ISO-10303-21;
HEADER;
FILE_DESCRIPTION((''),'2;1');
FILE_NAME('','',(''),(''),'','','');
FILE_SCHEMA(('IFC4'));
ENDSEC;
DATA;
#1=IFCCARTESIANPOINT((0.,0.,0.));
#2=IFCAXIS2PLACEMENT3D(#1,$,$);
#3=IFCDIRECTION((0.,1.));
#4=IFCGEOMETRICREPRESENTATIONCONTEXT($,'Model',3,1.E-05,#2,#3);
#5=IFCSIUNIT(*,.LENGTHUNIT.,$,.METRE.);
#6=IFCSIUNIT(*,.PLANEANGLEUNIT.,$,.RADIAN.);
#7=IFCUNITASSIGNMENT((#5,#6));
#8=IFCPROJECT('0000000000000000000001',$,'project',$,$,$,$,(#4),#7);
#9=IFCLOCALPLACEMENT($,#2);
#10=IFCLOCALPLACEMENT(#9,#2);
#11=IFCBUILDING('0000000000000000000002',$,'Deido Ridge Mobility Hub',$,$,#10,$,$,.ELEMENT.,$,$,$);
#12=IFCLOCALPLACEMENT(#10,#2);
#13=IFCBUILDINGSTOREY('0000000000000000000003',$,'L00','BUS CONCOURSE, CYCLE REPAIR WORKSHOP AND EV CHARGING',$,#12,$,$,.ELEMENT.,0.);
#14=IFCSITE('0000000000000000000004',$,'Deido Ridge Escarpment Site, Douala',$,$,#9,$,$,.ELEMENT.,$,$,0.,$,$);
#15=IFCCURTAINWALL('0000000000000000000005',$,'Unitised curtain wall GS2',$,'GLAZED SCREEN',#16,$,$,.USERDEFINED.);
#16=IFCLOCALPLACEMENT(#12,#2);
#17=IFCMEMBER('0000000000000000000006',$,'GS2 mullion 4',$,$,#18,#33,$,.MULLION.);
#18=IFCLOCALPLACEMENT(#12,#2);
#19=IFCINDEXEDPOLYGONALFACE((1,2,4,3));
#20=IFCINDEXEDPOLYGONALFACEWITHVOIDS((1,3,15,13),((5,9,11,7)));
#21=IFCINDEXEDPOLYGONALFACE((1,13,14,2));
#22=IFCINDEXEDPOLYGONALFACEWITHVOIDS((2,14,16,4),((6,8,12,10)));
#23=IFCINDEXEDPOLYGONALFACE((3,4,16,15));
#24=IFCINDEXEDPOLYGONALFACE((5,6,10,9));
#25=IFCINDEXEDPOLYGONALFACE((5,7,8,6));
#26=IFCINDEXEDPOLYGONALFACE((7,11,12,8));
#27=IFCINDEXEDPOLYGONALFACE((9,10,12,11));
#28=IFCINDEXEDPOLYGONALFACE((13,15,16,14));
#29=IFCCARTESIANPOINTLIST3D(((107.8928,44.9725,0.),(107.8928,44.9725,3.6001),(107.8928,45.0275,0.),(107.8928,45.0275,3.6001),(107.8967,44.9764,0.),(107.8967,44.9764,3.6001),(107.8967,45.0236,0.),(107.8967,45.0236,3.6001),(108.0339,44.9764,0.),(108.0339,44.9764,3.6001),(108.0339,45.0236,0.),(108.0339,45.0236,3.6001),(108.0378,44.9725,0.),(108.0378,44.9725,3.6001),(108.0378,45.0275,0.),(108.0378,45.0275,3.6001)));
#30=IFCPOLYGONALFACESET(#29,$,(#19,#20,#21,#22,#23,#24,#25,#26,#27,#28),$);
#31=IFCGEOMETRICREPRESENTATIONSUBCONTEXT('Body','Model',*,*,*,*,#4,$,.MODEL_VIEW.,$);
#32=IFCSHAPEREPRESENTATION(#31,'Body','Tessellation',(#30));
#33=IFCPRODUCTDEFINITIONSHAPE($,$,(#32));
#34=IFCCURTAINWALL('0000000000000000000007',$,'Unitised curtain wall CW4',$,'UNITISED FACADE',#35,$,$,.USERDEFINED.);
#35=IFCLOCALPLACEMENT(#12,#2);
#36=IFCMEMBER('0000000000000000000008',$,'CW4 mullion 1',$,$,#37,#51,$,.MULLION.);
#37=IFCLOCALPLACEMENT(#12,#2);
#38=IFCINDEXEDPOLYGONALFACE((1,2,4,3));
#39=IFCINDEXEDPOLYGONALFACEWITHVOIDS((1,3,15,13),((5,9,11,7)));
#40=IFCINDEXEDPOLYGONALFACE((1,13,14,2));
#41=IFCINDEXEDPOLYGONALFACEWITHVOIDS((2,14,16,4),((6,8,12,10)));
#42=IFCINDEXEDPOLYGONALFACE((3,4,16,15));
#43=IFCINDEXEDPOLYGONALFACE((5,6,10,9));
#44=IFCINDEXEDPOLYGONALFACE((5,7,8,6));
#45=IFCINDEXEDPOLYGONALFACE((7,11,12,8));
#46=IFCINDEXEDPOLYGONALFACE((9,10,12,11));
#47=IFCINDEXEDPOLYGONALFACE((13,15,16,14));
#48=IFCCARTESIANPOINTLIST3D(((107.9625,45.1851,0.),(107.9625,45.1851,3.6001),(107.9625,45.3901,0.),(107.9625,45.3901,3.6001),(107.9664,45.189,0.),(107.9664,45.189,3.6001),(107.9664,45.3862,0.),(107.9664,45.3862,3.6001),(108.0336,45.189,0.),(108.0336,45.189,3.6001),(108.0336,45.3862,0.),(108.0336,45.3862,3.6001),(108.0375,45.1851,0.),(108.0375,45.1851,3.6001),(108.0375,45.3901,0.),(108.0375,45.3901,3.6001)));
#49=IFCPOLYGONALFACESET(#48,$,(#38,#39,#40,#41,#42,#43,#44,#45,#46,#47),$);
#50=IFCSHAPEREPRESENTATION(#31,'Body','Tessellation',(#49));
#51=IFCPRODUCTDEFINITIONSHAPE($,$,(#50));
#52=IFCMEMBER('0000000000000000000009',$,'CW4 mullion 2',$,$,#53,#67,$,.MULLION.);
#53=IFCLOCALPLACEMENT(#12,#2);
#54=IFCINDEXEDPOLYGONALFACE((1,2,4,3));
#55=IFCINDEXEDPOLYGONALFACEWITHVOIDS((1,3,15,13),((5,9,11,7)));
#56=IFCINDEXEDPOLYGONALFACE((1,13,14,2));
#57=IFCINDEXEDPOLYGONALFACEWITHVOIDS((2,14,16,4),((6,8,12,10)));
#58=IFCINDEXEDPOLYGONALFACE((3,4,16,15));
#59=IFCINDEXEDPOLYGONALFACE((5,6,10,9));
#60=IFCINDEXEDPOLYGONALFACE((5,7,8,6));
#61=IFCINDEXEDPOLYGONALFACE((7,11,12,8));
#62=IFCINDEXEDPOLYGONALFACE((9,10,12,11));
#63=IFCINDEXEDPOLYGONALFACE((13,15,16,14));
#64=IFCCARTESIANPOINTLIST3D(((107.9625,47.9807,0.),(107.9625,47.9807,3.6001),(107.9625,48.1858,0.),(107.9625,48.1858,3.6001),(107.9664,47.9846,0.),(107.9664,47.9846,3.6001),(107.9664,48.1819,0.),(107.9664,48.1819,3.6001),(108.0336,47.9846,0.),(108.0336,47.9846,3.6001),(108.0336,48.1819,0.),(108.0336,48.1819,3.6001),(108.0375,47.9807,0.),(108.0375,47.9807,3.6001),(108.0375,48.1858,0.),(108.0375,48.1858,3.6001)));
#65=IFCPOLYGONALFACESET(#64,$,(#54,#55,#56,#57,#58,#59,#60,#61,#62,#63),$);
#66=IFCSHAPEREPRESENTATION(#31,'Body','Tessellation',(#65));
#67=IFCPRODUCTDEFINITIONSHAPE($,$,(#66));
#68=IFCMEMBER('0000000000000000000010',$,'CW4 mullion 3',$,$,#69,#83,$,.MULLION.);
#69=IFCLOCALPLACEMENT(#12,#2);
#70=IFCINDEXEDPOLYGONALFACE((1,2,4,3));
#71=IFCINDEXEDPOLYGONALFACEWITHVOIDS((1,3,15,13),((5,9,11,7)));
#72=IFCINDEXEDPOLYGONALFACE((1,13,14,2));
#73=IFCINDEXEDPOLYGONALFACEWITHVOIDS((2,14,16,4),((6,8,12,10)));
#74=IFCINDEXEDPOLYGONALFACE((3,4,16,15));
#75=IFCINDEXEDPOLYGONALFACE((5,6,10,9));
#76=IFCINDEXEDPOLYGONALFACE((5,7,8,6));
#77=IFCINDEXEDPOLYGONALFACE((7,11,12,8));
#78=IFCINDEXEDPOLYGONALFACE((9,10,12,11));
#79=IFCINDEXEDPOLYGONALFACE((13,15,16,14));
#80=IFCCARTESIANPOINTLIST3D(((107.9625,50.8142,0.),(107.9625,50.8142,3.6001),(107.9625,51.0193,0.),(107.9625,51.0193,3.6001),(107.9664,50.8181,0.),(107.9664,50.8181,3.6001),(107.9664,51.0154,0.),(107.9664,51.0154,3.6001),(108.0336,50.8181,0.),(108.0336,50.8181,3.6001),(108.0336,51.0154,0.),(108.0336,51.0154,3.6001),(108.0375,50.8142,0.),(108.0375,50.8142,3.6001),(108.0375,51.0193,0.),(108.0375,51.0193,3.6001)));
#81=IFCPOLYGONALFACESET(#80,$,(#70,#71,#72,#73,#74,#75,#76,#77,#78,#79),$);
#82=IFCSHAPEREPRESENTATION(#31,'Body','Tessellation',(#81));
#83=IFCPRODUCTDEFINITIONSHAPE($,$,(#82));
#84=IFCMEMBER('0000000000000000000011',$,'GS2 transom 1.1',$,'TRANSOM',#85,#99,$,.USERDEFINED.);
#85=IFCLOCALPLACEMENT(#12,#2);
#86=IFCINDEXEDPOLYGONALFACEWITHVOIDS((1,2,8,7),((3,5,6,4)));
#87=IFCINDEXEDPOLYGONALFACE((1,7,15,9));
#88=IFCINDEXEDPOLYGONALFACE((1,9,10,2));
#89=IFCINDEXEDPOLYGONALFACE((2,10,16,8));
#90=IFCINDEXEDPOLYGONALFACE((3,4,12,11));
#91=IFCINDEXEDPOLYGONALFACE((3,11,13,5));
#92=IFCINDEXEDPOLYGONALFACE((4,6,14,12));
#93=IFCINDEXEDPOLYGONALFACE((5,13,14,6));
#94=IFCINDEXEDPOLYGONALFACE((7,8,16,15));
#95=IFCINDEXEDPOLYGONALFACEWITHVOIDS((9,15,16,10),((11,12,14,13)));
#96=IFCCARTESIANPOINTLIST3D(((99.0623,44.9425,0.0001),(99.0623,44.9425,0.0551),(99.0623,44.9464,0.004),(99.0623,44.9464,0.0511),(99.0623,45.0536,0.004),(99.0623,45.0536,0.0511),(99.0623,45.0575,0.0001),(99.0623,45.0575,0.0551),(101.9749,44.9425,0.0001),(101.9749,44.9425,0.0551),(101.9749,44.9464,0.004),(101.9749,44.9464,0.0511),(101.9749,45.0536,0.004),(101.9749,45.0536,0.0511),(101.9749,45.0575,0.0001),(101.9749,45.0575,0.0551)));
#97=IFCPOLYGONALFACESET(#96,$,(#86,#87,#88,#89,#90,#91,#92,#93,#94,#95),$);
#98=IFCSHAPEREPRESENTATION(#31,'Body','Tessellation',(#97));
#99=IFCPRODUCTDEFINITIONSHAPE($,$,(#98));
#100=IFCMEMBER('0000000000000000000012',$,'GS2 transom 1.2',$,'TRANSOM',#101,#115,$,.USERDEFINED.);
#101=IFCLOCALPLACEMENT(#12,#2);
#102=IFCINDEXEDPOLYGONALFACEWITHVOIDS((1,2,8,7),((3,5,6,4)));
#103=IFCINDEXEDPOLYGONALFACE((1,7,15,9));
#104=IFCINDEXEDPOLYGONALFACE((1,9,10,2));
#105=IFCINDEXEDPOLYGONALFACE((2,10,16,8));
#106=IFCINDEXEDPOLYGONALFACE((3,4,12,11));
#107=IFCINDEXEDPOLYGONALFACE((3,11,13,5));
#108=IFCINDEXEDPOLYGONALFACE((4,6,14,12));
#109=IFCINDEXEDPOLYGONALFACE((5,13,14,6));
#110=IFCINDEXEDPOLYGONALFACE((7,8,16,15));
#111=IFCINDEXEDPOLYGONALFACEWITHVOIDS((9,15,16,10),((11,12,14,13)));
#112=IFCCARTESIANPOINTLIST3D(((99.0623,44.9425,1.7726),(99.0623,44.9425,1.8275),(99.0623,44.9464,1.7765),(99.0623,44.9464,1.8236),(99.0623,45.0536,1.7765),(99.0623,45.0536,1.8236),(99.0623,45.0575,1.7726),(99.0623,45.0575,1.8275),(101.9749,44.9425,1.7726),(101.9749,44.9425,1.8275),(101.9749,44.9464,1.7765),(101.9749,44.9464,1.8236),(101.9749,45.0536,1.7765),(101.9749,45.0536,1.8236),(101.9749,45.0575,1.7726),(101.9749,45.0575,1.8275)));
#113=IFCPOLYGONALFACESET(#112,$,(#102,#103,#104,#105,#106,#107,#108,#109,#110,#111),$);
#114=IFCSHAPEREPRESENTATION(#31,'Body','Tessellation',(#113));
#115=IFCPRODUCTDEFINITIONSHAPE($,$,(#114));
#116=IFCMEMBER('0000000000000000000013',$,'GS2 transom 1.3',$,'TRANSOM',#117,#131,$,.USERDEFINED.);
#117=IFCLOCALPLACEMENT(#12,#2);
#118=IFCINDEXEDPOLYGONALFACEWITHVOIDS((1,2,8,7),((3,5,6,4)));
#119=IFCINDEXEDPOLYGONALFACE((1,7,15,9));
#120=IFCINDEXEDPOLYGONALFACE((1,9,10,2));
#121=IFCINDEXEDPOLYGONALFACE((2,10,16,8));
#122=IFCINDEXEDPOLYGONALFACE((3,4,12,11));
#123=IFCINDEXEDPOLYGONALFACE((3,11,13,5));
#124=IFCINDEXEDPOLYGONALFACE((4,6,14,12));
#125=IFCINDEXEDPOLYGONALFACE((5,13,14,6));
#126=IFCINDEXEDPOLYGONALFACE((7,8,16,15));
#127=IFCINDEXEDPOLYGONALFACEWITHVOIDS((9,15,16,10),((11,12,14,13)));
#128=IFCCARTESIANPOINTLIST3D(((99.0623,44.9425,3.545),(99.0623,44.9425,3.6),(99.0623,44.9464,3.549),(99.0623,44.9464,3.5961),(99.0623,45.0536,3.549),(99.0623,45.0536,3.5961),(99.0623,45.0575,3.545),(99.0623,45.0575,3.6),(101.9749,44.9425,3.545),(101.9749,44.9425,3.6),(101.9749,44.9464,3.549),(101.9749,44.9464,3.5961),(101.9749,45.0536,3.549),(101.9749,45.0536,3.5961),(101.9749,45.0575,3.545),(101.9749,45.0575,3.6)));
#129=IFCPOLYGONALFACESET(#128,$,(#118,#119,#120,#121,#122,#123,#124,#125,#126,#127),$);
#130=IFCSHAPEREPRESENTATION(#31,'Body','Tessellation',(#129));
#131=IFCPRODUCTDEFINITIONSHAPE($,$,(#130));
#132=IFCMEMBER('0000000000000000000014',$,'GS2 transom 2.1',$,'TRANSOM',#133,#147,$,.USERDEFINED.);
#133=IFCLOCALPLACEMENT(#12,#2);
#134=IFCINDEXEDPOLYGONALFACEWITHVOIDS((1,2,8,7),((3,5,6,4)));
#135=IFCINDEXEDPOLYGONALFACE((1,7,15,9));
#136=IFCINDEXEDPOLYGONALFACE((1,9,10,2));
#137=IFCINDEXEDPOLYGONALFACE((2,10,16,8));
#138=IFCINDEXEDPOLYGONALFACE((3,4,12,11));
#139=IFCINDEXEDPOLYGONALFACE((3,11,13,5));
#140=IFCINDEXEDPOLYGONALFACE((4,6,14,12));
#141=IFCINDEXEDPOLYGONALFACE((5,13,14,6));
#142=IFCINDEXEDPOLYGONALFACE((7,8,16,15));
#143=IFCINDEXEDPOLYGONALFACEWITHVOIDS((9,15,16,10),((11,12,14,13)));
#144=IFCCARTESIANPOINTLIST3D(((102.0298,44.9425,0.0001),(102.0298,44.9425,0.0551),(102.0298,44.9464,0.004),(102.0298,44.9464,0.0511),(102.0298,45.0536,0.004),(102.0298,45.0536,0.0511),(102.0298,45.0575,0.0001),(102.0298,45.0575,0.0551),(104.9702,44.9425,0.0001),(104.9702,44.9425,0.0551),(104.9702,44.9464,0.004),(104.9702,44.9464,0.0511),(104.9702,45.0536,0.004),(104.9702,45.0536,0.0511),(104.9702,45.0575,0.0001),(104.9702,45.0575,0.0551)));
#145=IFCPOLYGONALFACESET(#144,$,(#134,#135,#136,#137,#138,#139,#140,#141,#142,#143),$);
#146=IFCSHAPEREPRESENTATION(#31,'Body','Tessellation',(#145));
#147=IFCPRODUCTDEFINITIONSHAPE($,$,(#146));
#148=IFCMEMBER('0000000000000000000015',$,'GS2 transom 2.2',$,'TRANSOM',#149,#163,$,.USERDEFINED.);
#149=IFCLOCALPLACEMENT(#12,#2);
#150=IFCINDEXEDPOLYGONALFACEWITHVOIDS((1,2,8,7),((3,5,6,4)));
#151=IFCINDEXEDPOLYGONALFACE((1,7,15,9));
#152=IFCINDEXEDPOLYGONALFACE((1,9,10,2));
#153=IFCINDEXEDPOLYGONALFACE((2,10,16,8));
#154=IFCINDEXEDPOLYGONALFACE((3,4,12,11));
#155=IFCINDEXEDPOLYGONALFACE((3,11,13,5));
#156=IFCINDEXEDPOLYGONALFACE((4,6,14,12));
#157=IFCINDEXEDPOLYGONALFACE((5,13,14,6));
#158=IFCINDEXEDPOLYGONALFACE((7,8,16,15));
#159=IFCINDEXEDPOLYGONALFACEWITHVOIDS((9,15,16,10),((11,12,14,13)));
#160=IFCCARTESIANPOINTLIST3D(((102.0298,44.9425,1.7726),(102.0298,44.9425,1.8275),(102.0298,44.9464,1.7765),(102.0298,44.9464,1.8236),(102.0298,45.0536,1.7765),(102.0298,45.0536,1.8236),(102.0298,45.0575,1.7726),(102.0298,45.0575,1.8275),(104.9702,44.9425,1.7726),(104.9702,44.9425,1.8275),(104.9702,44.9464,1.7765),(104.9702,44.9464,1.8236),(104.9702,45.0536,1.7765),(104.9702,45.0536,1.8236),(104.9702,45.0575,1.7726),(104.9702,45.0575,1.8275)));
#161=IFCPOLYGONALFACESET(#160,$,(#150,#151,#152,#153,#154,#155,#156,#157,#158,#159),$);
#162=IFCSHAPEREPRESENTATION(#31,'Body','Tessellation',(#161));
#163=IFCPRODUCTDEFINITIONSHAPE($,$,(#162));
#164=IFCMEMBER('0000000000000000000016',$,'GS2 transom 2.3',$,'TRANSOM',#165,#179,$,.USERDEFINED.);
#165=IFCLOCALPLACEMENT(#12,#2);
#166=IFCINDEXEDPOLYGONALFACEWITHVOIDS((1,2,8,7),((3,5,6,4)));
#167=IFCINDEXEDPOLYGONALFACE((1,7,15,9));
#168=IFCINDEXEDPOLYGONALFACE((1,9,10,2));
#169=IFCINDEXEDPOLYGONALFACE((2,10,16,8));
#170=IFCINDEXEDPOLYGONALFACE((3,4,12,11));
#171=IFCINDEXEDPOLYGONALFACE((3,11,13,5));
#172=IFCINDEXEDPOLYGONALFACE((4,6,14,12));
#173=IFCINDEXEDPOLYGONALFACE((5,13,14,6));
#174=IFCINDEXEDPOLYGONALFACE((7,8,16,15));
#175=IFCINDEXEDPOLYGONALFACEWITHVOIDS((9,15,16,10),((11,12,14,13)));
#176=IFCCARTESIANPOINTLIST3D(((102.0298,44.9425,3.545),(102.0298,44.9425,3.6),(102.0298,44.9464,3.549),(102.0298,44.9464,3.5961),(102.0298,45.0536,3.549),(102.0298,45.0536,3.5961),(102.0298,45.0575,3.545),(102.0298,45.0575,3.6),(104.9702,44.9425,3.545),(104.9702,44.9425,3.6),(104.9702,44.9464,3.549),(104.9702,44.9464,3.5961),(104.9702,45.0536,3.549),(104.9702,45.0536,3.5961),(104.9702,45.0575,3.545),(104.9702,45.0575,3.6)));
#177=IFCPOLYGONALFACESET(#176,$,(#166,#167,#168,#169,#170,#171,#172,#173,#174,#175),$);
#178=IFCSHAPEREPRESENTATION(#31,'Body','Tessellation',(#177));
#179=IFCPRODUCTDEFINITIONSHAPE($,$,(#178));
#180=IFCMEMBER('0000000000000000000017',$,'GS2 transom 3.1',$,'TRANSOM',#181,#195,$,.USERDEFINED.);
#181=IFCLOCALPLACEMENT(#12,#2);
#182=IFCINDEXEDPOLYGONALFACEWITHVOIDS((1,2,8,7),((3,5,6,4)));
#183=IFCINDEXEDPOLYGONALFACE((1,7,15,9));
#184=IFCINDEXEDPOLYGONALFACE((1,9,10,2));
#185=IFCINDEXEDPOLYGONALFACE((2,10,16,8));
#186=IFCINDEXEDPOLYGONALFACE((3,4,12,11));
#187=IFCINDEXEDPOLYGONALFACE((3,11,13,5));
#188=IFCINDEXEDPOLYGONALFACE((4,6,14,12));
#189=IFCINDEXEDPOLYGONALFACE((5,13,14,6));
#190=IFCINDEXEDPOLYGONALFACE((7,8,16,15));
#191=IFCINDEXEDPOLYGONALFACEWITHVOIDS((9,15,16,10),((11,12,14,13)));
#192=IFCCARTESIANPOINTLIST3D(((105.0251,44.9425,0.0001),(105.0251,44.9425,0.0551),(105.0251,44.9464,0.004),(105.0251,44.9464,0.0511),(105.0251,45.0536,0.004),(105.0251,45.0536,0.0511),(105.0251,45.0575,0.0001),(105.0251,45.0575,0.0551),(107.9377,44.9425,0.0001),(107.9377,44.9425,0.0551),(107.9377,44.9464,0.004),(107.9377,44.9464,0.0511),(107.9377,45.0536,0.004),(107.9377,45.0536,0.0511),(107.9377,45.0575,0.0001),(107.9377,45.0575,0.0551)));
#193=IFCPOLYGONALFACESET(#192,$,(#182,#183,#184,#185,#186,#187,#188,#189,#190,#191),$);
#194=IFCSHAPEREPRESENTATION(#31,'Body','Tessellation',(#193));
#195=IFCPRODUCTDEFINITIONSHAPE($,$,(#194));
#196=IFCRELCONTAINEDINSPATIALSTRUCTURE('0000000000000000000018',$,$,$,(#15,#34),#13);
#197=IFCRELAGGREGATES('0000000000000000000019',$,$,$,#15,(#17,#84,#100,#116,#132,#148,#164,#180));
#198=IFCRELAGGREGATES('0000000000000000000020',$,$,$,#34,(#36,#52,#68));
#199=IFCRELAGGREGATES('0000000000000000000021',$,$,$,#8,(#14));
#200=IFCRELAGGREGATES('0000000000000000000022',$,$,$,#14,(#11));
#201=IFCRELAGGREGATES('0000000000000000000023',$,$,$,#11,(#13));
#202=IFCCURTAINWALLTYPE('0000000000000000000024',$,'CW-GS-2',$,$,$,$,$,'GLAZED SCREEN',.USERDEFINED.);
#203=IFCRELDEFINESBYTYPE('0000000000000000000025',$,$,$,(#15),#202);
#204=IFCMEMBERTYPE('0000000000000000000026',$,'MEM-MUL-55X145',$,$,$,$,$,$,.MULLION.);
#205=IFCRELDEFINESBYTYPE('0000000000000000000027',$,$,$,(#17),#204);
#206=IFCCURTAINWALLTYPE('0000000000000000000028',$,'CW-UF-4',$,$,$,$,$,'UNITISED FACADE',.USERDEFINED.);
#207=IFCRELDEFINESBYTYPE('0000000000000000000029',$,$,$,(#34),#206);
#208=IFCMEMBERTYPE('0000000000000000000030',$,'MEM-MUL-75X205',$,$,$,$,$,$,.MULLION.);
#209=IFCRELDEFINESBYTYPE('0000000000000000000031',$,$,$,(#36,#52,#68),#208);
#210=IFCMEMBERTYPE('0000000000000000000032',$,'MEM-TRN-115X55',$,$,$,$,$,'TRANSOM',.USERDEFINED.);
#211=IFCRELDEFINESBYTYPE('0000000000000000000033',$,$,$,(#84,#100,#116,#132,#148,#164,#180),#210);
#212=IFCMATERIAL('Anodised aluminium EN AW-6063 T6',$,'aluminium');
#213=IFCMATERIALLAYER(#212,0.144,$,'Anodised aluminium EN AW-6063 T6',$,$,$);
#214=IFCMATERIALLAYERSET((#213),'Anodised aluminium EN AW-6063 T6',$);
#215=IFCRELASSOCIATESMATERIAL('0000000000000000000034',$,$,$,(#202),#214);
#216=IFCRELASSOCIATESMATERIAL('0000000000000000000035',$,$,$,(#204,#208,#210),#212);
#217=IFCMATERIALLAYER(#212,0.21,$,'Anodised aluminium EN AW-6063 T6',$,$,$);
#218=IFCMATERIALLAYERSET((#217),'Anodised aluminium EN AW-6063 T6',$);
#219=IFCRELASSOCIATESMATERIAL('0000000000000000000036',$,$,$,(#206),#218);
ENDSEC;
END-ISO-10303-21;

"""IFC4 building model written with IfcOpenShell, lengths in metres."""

from ifc_helpers import new_model, si_unit, direction, frame, origin, origin_2d, place, context, subcontext, project, spatial, hollow_rectangle, extrude, material, layer, layer_set, material_profile, profile_set, type_object, element, aggregate, save


model = new_model("IFC4")

# Units and contexts
model_context = context("Model", 3, precision=1e-05, world=origin(), true_north=direction((0.0, 1.0)))
body_context = subcontext(model_context, "Body", "Model", "MODEL_VIEW")
ifc_project = project(units=[si_unit("LENGTHUNIT", "METRE"), si_unit("PLANEANGLEUNIT", "RADIAN")], contexts=[model_context])

# Site, building, storey
site_placement = place(None, origin())
site = spatial("IfcSite", under=ifc_project, at=site_placement, Name="Deido Ridge Escarpment Site, Douala", CompositionType="ELEMENT", RefElevation=0.0)
building_placement = place(site_placement, origin())
building = spatial("IfcBuilding", under=site, at=building_placement, Name="Deido Ridge Mobility Hub", CompositionType="ELEMENT")
storey_placement = place(building_placement, origin())
storey = spatial("IfcBuildingStorey", under=building, at=storey_placement, Name="L00", Description="BUS CONCOURSE, CYCLE REPAIR WORKSHOP AND EV CHARGING", CompositionType="ELEMENT", Elevation=0.0)

# Curtain walls, members
ifc_material_1 = material(Name="Anodised aluminium EN AW-6063 T6", Category="aluminium")
ifc_layer_1 = layer(ifc_material_1, 0.144, Name="Anodised aluminium EN AW-6063 T6")
ifc_layer_set_1 = layer_set([ifc_layer_1], Name="Anodised aluminium EN AW-6063 T6")
curtain_wall_type_1 = type_object("IfcCurtainWallType", Name="CW-GS-2", ElementType="GLAZED SCREEN", PredefinedType="USERDEFINED", material=ifc_layer_set_1)
curtain_wall_1_placement = place(storey_placement, origin())
curtain_wall_1 = element("IfcCurtainWall", 1, at=curtain_wall_1_placement, inside=storey, type_object=curtain_wall_type_1, Name="Unitised curtain wall GS2", ObjectType="GLAZED SCREEN", PredefinedType="USERDEFINED")
ifc_material_profile_1 = material_profile(ifc_material_1, hollow_rectangle(XDim=0.0549, YDim=0.145, WallThickness=0.0039, at=origin_2d()), Name="RHS 55x145x4")
ifc_profile_set_1 = profile_set([ifc_material_profile_1], Name="Anodised aluminium EN AW-6063 T6")
member_type_1 = type_object("IfcMemberType", Name="MEM-MUL-55X145", PredefinedType="MULLION", material=ifc_profile_set_1)
member_1_placement = place(storey_placement, frame((107.9653, 45.0, 0.0), z_axis=(0.0, 0.0, 1.0), x_axis=(0.0, 1.0, 0.0)))
member_1 = element("IfcMember", 2, at=member_1_placement, type_object=member_type_1, Name="GS2 mullion 4", PredefinedType="MULLION", context=body_context, shape_type="SweptSolid", body=[
    extrude(hollow_rectangle(XDim=0.0549, YDim=0.145, WallThickness=0.0039, at=origin_2d()), origin(), (0.0, 0.0, 1.0), 3.6001),
])
ifc_layer_2 = layer(ifc_material_1, 0.21, Name="Anodised aluminium EN AW-6063 T6")
ifc_layer_set_2 = layer_set([ifc_layer_2], Name="Anodised aluminium EN AW-6063 T6")
curtain_wall_type_2 = type_object("IfcCurtainWallType", Name="CW-UF-4", ElementType="UNITISED FACADE", PredefinedType="USERDEFINED", material=ifc_layer_set_2)
curtain_wall_2_placement = place(storey_placement, origin())
curtain_wall_2 = element("IfcCurtainWall", 3, at=curtain_wall_2_placement, inside=storey, type_object=curtain_wall_type_2, Name="Unitised curtain wall CW4", ObjectType="UNITISED FACADE", PredefinedType="USERDEFINED")
ifc_material_profile_2 = material_profile(ifc_material_1, hollow_rectangle(XDim=0.075, YDim=0.2051, WallThickness=0.0039, at=origin_2d()), Name="RHS 75x205x4")
ifc_profile_set_2 = profile_set([ifc_material_profile_2], Name="Anodised aluminium EN AW-6063 T6")
member_type_2 = type_object("IfcMemberType", Name="MEM-MUL-75X205", PredefinedType="MULLION", material=ifc_profile_set_2)
member_2_placement = place(storey_placement, frame((108.0, 45.2876, 0.0), z_axis=(0.0, 0.0, 1.0), x_axis=(-1.0, 0.0, 0.0)))
member_2 = element("IfcMember", 4, at=member_2_placement, type_object=member_type_2, Name="CW4 mullion 1", PredefinedType="MULLION", context=body_context, shape_type="SweptSolid", body=[
    extrude(hollow_rectangle(XDim=0.075, YDim=0.2051, WallThickness=0.0039, at=origin_2d()), origin(), (0.0, 0.0, 1.0), 3.6001),
])
member_3_placement = place(storey_placement, frame((108.0, 48.0833, 0.0), z_axis=(0.0, 0.0, 1.0), x_axis=(-1.0, 0.0, 0.0)))
member_3 = element("IfcMember", 5, at=member_3_placement, type_object=member_type_2, Name="CW4 mullion 2", PredefinedType="MULLION", context=body_context, shape_type="SweptSolid", body=[
    extrude(hollow_rectangle(XDim=0.075, YDim=0.2051, WallThickness=0.0039, at=origin_2d()), origin(), (0.0, 0.0, 1.0), 3.6001),
])
member_4_placement = place(storey_placement, frame((108.0, 50.9167, 0.0), z_axis=(0.0, 0.0, 1.0), x_axis=(-1.0, 0.0, 0.0)))
member_4 = element("IfcMember", 6, at=member_4_placement, type_object=member_type_2, Name="CW4 mullion 3", PredefinedType="MULLION", context=body_context, shape_type="SweptSolid", body=[
    extrude(hollow_rectangle(XDim=0.075, YDim=0.2051, WallThickness=0.0039, at=origin_2d()), origin(), (0.0, 0.0, 1.0), 3.6001),
])

# Members
ifc_material_profile_3 = material_profile(ifc_material_1, hollow_rectangle(XDim=0.115, YDim=0.0549, WallThickness=0.0039, at=origin_2d()), Name="RHS 115x55x4")
ifc_profile_set_3 = profile_set([ifc_material_profile_3], Name="Anodised aluminium EN AW-6063 T6")
member_type_3 = type_object("IfcMemberType", Name="MEM-TRN-115X55", ElementType="TRANSOM", PredefinedType="USERDEFINED", material=ifc_profile_set_3)
member_5_placement = place(storey_placement, frame((99.0623, 45.0, 0.0276), z_axis=(1.0, 0.0, 0.0), x_axis=(0.0, 1.0, 0.0)))
member_5 = element("IfcMember", 7, at=member_5_placement, type_object=member_type_3, Name="GS2 transom 1.1", ObjectType="TRANSOM", PredefinedType="USERDEFINED", context=body_context, shape_type="SweptSolid", body=[
    extrude(hollow_rectangle(XDim=0.115, YDim=0.0549, WallThickness=0.0039, at=origin_2d()), origin(), (0.0, 0.0, 1.0), 2.9126),
])
member_6_placement = place(storey_placement, frame((99.0623, 45.0, 1.8), z_axis=(1.0, 0.0, 0.0), x_axis=(0.0, 1.0, 0.0)))
member_6 = element("IfcMember", 8, at=member_6_placement, type_object=member_type_3, Name="GS2 transom 1.2", ObjectType="TRANSOM", PredefinedType="USERDEFINED", context=body_context, shape_type="SweptSolid", body=[
    extrude(hollow_rectangle(XDim=0.115, YDim=0.0549, WallThickness=0.0039, at=origin_2d()), origin(), (0.0, 0.0, 1.0), 2.9126),
])
member_7_placement = place(storey_placement, frame((99.0623, 45.0, 3.5725), z_axis=(1.0, 0.0, 0.0), x_axis=(0.0, 1.0, 0.0)))
member_7 = element("IfcMember", 9, at=member_7_placement, type_object=member_type_3, Name="GS2 transom 1.3", ObjectType="TRANSOM", PredefinedType="USERDEFINED", context=body_context, shape_type="SweptSolid", body=[
    extrude(hollow_rectangle(XDim=0.115, YDim=0.0549, WallThickness=0.0039, at=origin_2d()), origin(), (0.0, 0.0, 1.0), 2.9126),
])
member_8_placement = place(storey_placement, frame((102.0298, 45.0, 0.0276), z_axis=(1.0, 0.0, 0.0), x_axis=(0.0, 1.0, 0.0)))
member_8 = element("IfcMember", 10, at=member_8_placement, type_object=member_type_3, Name="GS2 transom 2.1", ObjectType="TRANSOM", PredefinedType="USERDEFINED", context=body_context, shape_type="SweptSolid", body=[
    extrude(hollow_rectangle(XDim=0.115, YDim=0.0549, WallThickness=0.0039, at=origin_2d()), origin(), (0.0, 0.0, 1.0), 2.9404),
])
member_9_placement = place(storey_placement, frame((102.0298, 45.0, 1.8), z_axis=(1.0, 0.0, 0.0), x_axis=(0.0, 1.0, 0.0)))
member_9 = element("IfcMember", 11, at=member_9_placement, type_object=member_type_3, Name="GS2 transom 2.2", ObjectType="TRANSOM", PredefinedType="USERDEFINED", context=body_context, shape_type="SweptSolid", body=[
    extrude(hollow_rectangle(XDim=0.115, YDim=0.0549, WallThickness=0.0039, at=origin_2d()), origin(), (0.0, 0.0, 1.0), 2.9404),
])
member_10_placement = place(storey_placement, frame((102.0298, 45.0, 3.5725), z_axis=(1.0, 0.0, 0.0), x_axis=(0.0, 1.0, 0.0)))
member_10 = element("IfcMember", 12, at=member_10_placement, type_object=member_type_3, Name="GS2 transom 2.3", ObjectType="TRANSOM", PredefinedType="USERDEFINED", context=body_context, shape_type="SweptSolid", body=[
    extrude(hollow_rectangle(XDim=0.115, YDim=0.0549, WallThickness=0.0039, at=origin_2d()), origin(), (0.0, 0.0, 1.0), 2.9404),
])
member_11_placement = place(storey_placement, frame((105.0251, 45.0, 0.0276), z_axis=(1.0, 0.0, 0.0), x_axis=(0.0, 1.0, 0.0)))
member_11 = element("IfcMember", 13, at=member_11_placement, type_object=member_type_3, Name="GS2 transom 3.1", ObjectType="TRANSOM", PredefinedType="USERDEFINED", context=body_context, shape_type="SweptSolid", body=[
    extrude(hollow_rectangle(XDim=0.115, YDim=0.0549, WallThickness=0.0039, at=origin_2d()), origin(), (0.0, 0.0, 1.0), 2.9126),
])

aggregate(curtain_wall_1, [member_1, member_5, member_6, member_7, member_8, member_9, member_10, member_11])
aggregate(curtain_wall_2, [member_2, member_3, member_4])

save(model, "model.ifc")
